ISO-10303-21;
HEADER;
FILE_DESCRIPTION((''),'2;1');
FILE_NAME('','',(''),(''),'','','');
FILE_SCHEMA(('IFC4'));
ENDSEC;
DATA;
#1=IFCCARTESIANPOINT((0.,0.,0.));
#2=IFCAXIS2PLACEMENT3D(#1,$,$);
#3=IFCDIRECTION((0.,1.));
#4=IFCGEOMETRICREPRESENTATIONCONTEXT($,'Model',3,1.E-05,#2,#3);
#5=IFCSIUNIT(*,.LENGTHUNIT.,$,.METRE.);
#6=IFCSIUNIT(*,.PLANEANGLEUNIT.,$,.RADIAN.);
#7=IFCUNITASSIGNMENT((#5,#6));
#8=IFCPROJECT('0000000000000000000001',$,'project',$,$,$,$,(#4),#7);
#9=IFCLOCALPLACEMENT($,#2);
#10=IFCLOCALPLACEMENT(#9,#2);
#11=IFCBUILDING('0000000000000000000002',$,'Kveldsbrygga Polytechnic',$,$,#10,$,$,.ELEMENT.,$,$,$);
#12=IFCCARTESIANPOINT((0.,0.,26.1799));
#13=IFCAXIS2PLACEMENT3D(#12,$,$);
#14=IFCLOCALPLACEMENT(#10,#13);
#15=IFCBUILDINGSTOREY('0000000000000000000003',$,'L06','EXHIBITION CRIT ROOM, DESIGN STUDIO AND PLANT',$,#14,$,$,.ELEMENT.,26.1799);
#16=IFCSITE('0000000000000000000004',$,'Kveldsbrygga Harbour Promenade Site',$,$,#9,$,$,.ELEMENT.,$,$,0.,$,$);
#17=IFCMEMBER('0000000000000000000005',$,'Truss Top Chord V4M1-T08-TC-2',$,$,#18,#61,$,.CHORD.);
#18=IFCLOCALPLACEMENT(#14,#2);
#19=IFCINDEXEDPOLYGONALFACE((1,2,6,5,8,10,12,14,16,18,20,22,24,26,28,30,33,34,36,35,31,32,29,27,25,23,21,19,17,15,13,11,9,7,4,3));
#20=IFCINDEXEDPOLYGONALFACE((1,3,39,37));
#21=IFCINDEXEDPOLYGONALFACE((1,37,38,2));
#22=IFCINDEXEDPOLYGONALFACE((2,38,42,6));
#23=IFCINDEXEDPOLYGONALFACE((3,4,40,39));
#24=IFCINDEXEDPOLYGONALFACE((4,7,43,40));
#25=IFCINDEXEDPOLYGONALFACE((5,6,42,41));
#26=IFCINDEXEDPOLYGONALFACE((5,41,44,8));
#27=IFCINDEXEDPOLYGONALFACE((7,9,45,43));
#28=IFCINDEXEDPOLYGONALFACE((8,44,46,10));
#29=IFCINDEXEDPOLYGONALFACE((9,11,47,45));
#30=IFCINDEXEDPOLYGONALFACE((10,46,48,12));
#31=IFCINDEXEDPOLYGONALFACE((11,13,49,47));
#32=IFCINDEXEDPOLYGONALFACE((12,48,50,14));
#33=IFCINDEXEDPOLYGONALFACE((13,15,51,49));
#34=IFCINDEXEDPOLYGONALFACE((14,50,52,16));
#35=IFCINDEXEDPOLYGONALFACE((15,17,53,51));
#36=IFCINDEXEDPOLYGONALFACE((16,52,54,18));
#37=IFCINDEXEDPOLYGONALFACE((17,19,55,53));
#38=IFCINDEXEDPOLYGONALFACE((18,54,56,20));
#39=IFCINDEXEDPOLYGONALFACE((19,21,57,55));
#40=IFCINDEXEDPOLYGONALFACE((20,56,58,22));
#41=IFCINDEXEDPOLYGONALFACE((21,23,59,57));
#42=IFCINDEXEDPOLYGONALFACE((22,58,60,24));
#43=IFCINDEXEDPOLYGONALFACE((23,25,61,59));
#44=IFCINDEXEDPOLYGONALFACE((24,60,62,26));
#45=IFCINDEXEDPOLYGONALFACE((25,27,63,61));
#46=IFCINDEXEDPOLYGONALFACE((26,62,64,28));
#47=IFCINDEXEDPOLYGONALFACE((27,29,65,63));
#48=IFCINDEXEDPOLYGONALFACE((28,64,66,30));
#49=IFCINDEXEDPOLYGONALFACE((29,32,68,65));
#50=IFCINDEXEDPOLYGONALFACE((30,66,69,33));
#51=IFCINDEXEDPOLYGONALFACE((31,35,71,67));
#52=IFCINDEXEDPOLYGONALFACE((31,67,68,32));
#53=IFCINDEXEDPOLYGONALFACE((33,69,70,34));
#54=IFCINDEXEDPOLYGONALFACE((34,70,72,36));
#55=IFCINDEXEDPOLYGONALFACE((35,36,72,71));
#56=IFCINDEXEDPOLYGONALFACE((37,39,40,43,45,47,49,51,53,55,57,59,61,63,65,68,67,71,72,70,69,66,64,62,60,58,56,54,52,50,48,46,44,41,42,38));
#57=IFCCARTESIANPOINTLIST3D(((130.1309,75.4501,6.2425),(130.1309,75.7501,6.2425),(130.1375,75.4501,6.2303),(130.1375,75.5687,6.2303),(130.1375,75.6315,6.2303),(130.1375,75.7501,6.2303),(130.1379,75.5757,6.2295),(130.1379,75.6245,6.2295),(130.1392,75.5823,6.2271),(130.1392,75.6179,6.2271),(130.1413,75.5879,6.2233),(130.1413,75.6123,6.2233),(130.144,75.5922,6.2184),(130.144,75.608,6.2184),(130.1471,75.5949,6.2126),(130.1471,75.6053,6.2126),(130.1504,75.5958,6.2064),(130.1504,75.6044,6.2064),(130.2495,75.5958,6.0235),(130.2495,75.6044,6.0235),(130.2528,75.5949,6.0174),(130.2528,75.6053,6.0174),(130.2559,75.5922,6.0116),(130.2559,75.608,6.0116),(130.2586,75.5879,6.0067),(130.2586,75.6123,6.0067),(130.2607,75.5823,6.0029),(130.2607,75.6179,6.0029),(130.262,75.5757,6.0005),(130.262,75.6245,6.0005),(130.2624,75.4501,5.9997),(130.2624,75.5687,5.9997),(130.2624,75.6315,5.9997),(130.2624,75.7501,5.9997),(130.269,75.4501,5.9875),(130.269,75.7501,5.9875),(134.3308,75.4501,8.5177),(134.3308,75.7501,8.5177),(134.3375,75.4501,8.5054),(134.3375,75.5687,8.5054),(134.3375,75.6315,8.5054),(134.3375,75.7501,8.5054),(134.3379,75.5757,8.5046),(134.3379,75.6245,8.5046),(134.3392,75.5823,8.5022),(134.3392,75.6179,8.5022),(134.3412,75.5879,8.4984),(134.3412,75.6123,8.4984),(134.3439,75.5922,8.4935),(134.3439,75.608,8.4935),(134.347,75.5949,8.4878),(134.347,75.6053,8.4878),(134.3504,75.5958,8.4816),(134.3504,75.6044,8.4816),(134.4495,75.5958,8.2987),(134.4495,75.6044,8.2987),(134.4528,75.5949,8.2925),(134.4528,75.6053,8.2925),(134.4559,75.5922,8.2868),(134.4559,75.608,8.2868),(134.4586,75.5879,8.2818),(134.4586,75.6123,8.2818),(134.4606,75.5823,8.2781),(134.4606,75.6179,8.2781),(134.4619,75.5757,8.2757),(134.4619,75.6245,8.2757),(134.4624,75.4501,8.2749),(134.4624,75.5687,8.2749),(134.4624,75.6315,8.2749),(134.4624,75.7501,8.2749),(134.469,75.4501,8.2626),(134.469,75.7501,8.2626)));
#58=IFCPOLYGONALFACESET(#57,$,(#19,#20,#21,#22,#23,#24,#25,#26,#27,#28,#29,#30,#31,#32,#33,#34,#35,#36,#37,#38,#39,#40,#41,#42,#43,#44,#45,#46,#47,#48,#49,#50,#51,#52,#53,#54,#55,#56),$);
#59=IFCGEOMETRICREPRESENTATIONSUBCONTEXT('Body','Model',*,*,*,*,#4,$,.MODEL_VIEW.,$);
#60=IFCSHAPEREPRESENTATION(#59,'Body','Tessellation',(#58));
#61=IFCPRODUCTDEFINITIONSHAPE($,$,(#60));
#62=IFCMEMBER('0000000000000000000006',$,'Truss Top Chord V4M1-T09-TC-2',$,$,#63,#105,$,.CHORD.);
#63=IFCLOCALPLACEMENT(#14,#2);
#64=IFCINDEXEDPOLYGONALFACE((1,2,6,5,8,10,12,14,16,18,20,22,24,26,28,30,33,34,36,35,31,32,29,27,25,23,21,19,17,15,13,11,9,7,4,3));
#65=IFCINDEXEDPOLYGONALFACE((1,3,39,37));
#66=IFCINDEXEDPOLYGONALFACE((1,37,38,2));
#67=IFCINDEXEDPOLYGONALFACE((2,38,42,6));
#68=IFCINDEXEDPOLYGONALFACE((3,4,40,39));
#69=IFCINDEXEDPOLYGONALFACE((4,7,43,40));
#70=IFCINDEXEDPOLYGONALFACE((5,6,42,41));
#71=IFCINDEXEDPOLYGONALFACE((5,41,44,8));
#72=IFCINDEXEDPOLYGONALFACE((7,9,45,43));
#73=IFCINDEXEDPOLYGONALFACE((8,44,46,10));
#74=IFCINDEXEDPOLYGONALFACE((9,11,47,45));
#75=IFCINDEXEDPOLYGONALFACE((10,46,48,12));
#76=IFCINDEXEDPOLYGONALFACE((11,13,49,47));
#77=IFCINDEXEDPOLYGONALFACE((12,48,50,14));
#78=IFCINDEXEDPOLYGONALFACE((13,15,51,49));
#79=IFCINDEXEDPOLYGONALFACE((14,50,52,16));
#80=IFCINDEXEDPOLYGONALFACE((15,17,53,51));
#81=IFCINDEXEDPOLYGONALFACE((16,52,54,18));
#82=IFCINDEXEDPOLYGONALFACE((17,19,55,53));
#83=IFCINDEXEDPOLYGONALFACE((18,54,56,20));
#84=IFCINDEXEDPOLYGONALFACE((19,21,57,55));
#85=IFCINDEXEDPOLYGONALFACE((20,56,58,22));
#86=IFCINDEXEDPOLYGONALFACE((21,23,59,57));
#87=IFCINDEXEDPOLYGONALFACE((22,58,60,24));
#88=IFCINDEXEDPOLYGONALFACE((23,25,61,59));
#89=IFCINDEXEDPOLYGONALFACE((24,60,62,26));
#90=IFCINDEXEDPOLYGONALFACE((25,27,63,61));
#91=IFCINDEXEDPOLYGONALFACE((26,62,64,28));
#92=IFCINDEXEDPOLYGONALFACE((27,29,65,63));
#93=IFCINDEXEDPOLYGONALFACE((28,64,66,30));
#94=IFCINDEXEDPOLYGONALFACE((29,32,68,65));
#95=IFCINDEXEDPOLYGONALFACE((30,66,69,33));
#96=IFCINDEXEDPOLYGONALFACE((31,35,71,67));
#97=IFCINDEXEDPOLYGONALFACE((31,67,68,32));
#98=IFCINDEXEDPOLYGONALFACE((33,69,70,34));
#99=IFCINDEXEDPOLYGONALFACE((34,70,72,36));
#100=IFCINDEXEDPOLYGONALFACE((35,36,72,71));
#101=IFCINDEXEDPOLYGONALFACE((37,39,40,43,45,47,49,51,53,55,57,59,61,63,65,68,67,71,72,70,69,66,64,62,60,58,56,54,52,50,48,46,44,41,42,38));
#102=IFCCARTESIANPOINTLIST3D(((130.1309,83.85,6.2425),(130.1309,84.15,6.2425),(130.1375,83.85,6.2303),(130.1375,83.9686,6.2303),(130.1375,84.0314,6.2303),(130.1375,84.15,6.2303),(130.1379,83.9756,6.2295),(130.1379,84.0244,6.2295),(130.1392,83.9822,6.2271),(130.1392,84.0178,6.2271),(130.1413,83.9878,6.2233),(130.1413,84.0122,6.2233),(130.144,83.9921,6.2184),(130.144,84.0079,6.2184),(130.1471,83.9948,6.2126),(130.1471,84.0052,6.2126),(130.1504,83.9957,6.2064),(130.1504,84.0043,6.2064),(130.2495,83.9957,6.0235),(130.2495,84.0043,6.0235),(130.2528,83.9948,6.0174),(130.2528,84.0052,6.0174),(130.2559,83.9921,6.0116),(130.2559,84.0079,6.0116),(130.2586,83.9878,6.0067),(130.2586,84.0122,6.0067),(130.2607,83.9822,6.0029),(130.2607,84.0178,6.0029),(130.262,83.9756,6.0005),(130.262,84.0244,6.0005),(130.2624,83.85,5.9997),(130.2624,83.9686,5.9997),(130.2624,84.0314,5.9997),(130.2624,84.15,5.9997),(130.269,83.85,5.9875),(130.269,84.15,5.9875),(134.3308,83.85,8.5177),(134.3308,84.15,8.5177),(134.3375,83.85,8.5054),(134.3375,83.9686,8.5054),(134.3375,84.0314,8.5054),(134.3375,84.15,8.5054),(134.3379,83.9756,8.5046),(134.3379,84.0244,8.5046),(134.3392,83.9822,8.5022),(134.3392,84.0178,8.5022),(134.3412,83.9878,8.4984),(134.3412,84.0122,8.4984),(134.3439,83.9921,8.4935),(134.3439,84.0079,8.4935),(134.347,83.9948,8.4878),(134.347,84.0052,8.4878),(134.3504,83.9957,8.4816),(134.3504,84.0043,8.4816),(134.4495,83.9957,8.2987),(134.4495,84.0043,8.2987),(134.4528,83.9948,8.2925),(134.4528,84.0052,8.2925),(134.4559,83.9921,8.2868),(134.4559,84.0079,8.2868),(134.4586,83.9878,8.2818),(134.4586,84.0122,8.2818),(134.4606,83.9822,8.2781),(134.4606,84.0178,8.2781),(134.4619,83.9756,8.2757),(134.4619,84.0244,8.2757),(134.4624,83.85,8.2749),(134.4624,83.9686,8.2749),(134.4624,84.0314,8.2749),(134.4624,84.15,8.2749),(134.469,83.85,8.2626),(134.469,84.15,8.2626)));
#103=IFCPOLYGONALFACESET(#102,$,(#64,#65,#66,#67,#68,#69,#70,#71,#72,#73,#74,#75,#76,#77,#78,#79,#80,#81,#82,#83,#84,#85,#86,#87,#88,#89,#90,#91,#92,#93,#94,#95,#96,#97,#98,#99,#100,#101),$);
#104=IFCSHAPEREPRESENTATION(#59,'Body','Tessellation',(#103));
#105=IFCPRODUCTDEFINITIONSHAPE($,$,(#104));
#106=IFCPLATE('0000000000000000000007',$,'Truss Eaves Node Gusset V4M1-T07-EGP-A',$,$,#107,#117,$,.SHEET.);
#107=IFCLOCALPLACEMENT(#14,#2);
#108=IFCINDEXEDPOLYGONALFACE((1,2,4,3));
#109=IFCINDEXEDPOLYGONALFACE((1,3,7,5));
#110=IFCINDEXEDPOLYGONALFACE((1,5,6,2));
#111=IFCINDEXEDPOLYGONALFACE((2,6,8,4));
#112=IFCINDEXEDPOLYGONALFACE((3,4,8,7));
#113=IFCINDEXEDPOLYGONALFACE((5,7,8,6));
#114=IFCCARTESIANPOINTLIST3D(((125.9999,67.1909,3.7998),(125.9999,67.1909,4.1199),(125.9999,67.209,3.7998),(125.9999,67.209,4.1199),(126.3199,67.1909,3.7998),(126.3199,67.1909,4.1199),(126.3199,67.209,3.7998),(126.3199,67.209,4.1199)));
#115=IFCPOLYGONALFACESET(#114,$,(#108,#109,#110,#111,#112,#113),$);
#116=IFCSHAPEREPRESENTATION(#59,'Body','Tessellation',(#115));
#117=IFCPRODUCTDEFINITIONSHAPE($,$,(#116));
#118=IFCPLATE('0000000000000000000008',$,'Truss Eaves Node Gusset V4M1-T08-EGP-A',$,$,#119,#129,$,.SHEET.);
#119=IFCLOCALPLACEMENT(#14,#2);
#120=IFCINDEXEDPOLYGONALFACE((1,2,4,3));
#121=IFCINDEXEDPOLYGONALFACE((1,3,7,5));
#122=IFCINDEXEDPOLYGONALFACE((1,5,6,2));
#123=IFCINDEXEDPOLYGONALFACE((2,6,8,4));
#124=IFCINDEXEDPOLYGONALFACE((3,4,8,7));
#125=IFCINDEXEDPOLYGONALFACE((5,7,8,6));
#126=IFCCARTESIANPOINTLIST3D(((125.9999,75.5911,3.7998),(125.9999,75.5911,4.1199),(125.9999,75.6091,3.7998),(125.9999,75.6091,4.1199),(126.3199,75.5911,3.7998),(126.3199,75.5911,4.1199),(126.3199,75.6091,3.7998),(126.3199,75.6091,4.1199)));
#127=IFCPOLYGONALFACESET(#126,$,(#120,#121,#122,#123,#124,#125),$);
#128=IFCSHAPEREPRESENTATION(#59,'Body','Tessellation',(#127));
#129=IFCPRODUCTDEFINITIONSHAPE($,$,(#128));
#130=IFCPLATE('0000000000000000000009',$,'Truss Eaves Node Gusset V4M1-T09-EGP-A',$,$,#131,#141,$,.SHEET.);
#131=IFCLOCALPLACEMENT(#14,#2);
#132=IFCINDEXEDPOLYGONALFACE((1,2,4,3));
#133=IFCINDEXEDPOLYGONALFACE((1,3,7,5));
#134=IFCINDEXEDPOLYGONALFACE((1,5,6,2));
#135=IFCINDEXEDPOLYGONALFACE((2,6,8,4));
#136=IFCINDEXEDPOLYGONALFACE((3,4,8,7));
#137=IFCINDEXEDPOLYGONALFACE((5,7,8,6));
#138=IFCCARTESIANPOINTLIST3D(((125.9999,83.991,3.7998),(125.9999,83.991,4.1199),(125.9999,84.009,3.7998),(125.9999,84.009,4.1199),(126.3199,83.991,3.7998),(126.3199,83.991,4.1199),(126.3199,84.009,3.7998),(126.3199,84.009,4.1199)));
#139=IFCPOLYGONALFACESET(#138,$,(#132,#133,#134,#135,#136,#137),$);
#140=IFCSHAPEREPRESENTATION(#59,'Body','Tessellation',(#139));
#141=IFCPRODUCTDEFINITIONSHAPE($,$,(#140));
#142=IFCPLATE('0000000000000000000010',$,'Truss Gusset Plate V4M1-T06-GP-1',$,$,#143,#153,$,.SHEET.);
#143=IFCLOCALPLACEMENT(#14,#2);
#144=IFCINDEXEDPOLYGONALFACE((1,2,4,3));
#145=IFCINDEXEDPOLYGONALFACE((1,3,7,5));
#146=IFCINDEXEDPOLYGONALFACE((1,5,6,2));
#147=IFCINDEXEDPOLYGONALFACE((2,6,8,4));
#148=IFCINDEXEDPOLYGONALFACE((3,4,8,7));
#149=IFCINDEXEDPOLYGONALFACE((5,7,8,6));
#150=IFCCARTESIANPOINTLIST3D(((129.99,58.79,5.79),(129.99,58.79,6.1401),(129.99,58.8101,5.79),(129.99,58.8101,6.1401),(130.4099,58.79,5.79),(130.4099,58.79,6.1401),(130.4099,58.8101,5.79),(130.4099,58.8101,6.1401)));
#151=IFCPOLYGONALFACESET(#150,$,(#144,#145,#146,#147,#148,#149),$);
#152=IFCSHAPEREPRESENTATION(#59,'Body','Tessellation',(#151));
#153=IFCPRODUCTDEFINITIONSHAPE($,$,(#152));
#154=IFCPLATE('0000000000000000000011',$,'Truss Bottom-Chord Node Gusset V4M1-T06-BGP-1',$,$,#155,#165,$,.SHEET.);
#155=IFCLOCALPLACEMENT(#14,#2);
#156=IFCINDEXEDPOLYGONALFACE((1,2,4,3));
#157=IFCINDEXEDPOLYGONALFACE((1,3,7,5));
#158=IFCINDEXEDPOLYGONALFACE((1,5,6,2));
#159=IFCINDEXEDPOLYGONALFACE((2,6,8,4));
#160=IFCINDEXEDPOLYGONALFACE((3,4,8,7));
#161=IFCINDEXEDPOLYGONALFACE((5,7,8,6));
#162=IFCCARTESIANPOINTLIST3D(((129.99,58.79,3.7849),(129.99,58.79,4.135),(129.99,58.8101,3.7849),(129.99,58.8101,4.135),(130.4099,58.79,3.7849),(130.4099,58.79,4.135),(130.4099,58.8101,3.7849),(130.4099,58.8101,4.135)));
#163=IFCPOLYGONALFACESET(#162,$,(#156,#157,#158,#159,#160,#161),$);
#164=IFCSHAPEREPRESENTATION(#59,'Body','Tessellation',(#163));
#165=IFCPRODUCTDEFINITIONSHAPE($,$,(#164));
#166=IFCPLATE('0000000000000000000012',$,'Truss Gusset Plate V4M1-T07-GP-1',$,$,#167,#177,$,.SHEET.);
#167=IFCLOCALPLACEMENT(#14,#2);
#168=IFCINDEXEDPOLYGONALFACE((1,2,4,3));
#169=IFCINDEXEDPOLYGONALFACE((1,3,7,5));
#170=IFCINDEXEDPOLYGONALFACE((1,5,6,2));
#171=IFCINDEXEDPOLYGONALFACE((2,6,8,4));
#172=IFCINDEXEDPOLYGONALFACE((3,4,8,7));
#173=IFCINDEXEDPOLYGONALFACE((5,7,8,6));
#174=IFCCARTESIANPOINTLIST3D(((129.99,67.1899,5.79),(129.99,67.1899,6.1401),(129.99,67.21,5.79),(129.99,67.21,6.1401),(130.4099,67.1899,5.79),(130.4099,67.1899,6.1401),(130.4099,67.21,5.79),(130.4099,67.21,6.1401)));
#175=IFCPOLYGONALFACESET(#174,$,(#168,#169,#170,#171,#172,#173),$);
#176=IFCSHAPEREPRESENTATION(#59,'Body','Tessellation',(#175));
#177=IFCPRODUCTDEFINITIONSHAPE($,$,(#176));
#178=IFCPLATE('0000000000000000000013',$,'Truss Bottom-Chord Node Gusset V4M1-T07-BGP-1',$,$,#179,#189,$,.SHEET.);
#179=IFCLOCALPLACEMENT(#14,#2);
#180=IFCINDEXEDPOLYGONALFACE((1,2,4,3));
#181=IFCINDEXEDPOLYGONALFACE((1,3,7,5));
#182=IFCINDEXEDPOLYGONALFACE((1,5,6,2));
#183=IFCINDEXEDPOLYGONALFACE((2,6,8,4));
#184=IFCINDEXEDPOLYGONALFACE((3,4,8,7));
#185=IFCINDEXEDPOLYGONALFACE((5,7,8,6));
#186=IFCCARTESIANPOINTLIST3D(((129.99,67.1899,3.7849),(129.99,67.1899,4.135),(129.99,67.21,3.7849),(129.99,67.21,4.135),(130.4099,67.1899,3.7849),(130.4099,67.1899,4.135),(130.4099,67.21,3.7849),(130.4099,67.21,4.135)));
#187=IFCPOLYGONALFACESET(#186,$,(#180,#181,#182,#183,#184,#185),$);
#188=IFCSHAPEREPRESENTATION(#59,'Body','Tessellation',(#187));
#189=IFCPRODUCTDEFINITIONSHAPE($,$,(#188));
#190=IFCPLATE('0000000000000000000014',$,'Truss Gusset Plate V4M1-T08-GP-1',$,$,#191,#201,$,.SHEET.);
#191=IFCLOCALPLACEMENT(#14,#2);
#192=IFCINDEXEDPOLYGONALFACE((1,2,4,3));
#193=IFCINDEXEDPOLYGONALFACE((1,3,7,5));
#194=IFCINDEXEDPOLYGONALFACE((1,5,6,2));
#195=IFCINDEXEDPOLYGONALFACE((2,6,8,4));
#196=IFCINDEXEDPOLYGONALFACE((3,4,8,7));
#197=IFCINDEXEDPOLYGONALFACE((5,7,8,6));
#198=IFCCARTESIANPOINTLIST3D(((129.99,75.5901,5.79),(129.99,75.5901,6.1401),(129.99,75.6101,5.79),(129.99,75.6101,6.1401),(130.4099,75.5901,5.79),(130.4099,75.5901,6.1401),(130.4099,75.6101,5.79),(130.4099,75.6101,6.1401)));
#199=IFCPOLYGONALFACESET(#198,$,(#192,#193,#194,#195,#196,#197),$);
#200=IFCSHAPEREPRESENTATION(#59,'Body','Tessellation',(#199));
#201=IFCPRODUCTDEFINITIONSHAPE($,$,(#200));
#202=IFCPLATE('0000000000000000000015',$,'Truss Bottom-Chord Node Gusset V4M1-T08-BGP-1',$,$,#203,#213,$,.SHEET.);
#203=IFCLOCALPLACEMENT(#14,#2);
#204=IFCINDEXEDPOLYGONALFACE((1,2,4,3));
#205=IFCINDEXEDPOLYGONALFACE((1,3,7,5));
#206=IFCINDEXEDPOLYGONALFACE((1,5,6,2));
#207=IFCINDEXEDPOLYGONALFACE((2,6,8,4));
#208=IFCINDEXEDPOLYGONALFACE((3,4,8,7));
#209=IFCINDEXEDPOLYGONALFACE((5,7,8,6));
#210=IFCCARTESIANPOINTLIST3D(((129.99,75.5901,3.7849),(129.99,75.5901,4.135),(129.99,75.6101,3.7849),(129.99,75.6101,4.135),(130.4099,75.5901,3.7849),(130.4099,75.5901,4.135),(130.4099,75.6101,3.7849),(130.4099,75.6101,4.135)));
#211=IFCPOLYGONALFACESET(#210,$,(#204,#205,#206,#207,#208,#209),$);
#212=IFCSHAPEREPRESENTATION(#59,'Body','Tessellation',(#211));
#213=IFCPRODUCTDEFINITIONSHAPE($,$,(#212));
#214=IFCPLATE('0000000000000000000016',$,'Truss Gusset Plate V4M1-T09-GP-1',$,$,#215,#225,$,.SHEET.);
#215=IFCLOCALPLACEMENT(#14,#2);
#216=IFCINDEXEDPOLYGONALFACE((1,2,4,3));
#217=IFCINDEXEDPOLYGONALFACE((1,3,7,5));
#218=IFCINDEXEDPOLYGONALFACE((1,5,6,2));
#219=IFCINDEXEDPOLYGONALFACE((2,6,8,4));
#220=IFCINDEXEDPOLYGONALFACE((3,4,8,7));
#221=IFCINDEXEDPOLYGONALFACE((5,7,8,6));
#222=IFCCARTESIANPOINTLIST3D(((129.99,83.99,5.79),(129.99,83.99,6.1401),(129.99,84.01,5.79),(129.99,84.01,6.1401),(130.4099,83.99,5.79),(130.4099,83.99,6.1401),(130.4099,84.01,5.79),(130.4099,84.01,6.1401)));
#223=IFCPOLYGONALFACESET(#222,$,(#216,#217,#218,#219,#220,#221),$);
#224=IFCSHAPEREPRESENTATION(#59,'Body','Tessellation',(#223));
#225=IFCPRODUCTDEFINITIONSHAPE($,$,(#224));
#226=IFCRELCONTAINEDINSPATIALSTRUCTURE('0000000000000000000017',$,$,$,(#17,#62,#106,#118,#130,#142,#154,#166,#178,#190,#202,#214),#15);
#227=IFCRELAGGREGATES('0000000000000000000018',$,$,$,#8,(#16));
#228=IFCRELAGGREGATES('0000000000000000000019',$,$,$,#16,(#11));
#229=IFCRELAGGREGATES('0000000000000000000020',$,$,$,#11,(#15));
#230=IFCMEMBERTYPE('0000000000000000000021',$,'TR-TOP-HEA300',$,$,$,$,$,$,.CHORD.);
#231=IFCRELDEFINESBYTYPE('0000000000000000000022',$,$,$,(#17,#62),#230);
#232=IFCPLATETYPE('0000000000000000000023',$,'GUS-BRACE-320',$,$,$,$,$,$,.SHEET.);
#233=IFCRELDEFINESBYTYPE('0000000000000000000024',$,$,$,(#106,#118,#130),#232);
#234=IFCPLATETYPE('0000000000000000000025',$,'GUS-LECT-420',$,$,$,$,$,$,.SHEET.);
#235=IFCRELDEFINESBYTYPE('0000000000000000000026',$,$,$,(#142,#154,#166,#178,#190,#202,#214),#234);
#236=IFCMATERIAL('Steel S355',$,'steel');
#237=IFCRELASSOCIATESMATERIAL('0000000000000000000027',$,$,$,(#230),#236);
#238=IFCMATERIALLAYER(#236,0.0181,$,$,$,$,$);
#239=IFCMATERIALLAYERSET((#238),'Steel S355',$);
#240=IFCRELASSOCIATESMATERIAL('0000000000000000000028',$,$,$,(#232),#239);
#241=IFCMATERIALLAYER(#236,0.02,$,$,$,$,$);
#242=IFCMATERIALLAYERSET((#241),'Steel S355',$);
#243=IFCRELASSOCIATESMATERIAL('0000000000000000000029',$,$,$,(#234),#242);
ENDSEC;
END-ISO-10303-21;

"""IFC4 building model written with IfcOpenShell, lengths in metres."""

from ifc_helpers import new_model, si_unit, direction, frame, origin, origin_2d, place, context, subcontext, project, spatial, rectangle, i_section, extrude, material, layer, layer_set, material_profile, profile_set, type_object, element, save


model = new_model("IFC4")

# Units and contexts
model_context = context("Model", 3, precision=1e-05, world=origin(), true_north=direction((0.0, 1.0)))
body_context = subcontext(model_context, "Body", "Model", "MODEL_VIEW")
ifc_project = project(units=[si_unit("LENGTHUNIT", "METRE"), si_unit("PLANEANGLEUNIT", "RADIAN")], contexts=[model_context])

# Site, building, storey
site_placement = place(None, origin())
site = spatial("IfcSite", under=ifc_project, at=site_placement, Name="Kveldsbrygga Harbour Promenade Site", CompositionType="ELEMENT", RefElevation=0.0)
building_placement = place(site_placement, origin())
building = spatial("IfcBuilding", under=site, at=building_placement, Name="Kveldsbrygga Polytechnic", CompositionType="ELEMENT")
storey_placement = place(building_placement, frame((0.0, 0.0, 26.1799)))
storey = spatial("IfcBuildingStorey", under=building, at=storey_placement, Name="L06", Description="EXHIBITION CRIT ROOM, DESIGN STUDIO AND PLANT", CompositionType="ELEMENT", Elevation=26.1799)

# Members
ifc_material_1 = material(Name="Steel S355", Category="steel")
ifc_material_profile_1 = material_profile(ifc_material_1, i_section(OverallWidth=0.3, OverallDepth=0.29, WebThickness=0.0085, FlangeThickness=0.0139, FilletRadius=0.0271, at=origin_2d()), Name="HEA 300")
ifc_profile_set_1 = profile_set([ifc_material_profile_1], Name="Steel S355")
member_type_1 = type_object("IfcMemberType", Name="TR-TOP-HEA300", PredefinedType="CHORD", material=ifc_profile_set_1)
for number, where, z_axis, x_axis, name in (
    (1, (130.2, 75.6001, 6.115), (0.879277, 0.0, 0.476311), (0.0, 1.0, 0.0), "Truss Top Chord V4M1-T08-TC-2"),
    (2, (130.2, 84.0, 6.115), (0.879277, 0.0, 0.476311), (0.0, 1.0, 0.0), "Truss Top Chord V4M1-T09-TC-2"),
):
    element("IfcMember", number, at=place(storey_placement, frame(where, z_axis=z_axis, x_axis=x_axis)), inside=storey, type_object=member_type_1, Name=name, PredefinedType="CHORD", context=body_context, shape_type="SweptSolid", body=[
        extrude(i_section(OverallWidth=0.3, OverallDepth=0.29, WebThickness=0.0085, FlangeThickness=0.0139, FilletRadius=0.0271, at=origin_2d()), origin(), (0.0, 0.0, 1.0), 4.7766),
    ])

# Plates
ifc_layer_1 = layer(ifc_material_1, 0.0181)
ifc_layer_set_1 = layer_set([ifc_layer_1], Name="Steel S355")
plate_type_1 = type_object("IfcPlateType", Name="GUS-BRACE-320", PredefinedType="SHEET", material=ifc_layer_set_1)
for number, where, z_axis, x_axis, name in (
    (3, (126.1599, 67.2, 3.7998), (0.0, 0.0, 1.0), (1.0, 0.0, 0.0), "Truss Eaves Node Gusset V4M1-T07-EGP-A"),
    (4, (126.1599, 75.6001, 3.7998), (0.0, 0.0, 1.0), (1.0, 0.0, 0.0), "Truss Eaves Node Gusset V4M1-T08-EGP-A"),
    (5, (126.1599, 84.0, 3.7998), (0.0, 0.0, 1.0), (1.0, 0.0, 0.0), "Truss Eaves Node Gusset V4M1-T09-EGP-A"),
):
    element("IfcPlate", number, at=place(storey_placement, frame(where, z_axis=z_axis, x_axis=x_axis)), inside=storey, type_object=plate_type_1, Name=name, PredefinedType="SHEET", context=body_context, shape_type="SweptSolid", body=[
        extrude(rectangle(XDim=0.3201, YDim=0.0181, at=origin_2d()), origin(), (0.0, 0.0, 1.0), 0.3201),
    ])
ifc_layer_2 = layer(ifc_material_1, 0.02)
ifc_layer_set_2 = layer_set([ifc_layer_2], Name="Steel S355")
plate_type_2 = type_object("IfcPlateType", Name="GUS-LECT-420", PredefinedType="SHEET", material=ifc_layer_set_2)
for number, where, z_axis, x_axis, name in (
    (6, (130.2, 58.8, 5.79), (0.0, 0.0, 1.0), (1.0, 0.0, 0.0), "Truss Gusset Plate V4M1-T06-GP-1"),
    (7, (130.2, 58.8, 3.7849), (0.0, 0.0, 1.0), (1.0, 0.0, 0.0), "Truss Bottom-Chord Node Gusset V4M1-T06-BGP-1"),
    (8, (130.2, 67.2, 5.79), (0.0, 0.0, 1.0), (1.0, 0.0, 0.0), "Truss Gusset Plate V4M1-T07-GP-1"),
    (9, (130.2, 67.2, 3.7849), (0.0, 0.0, 1.0), (1.0, 0.0, 0.0), "Truss Bottom-Chord Node Gusset V4M1-T07-BGP-1"),
    (10, (130.2, 75.6001, 5.79), (0.0, 0.0, 1.0), (1.0, 0.0, 0.0), "Truss Gusset Plate V4M1-T08-GP-1"),
    (11, (130.2, 75.6001, 3.7849), (0.0, 0.0, 1.0), (1.0, 0.0, 0.0), "Truss Bottom-Chord Node Gusset V4M1-T08-BGP-1"),
    (12, (130.2, 84.0, 5.79), (0.0, 0.0, 1.0), (1.0, 0.0, 0.0), "Truss Gusset Plate V4M1-T09-GP-1"),
):
    element("IfcPlate", number, at=place(storey_placement, frame(where, z_axis=z_axis, x_axis=x_axis)), inside=storey, type_object=plate_type_2, Name=name, PredefinedType="SHEET", context=body_context, shape_type="SweptSolid", body=[
        extrude(rectangle(XDim=0.4199, YDim=0.02, at=origin_2d()), origin(), (0.0, 0.0, 1.0), 0.3501),
    ])

save(model, "model.ifc")
